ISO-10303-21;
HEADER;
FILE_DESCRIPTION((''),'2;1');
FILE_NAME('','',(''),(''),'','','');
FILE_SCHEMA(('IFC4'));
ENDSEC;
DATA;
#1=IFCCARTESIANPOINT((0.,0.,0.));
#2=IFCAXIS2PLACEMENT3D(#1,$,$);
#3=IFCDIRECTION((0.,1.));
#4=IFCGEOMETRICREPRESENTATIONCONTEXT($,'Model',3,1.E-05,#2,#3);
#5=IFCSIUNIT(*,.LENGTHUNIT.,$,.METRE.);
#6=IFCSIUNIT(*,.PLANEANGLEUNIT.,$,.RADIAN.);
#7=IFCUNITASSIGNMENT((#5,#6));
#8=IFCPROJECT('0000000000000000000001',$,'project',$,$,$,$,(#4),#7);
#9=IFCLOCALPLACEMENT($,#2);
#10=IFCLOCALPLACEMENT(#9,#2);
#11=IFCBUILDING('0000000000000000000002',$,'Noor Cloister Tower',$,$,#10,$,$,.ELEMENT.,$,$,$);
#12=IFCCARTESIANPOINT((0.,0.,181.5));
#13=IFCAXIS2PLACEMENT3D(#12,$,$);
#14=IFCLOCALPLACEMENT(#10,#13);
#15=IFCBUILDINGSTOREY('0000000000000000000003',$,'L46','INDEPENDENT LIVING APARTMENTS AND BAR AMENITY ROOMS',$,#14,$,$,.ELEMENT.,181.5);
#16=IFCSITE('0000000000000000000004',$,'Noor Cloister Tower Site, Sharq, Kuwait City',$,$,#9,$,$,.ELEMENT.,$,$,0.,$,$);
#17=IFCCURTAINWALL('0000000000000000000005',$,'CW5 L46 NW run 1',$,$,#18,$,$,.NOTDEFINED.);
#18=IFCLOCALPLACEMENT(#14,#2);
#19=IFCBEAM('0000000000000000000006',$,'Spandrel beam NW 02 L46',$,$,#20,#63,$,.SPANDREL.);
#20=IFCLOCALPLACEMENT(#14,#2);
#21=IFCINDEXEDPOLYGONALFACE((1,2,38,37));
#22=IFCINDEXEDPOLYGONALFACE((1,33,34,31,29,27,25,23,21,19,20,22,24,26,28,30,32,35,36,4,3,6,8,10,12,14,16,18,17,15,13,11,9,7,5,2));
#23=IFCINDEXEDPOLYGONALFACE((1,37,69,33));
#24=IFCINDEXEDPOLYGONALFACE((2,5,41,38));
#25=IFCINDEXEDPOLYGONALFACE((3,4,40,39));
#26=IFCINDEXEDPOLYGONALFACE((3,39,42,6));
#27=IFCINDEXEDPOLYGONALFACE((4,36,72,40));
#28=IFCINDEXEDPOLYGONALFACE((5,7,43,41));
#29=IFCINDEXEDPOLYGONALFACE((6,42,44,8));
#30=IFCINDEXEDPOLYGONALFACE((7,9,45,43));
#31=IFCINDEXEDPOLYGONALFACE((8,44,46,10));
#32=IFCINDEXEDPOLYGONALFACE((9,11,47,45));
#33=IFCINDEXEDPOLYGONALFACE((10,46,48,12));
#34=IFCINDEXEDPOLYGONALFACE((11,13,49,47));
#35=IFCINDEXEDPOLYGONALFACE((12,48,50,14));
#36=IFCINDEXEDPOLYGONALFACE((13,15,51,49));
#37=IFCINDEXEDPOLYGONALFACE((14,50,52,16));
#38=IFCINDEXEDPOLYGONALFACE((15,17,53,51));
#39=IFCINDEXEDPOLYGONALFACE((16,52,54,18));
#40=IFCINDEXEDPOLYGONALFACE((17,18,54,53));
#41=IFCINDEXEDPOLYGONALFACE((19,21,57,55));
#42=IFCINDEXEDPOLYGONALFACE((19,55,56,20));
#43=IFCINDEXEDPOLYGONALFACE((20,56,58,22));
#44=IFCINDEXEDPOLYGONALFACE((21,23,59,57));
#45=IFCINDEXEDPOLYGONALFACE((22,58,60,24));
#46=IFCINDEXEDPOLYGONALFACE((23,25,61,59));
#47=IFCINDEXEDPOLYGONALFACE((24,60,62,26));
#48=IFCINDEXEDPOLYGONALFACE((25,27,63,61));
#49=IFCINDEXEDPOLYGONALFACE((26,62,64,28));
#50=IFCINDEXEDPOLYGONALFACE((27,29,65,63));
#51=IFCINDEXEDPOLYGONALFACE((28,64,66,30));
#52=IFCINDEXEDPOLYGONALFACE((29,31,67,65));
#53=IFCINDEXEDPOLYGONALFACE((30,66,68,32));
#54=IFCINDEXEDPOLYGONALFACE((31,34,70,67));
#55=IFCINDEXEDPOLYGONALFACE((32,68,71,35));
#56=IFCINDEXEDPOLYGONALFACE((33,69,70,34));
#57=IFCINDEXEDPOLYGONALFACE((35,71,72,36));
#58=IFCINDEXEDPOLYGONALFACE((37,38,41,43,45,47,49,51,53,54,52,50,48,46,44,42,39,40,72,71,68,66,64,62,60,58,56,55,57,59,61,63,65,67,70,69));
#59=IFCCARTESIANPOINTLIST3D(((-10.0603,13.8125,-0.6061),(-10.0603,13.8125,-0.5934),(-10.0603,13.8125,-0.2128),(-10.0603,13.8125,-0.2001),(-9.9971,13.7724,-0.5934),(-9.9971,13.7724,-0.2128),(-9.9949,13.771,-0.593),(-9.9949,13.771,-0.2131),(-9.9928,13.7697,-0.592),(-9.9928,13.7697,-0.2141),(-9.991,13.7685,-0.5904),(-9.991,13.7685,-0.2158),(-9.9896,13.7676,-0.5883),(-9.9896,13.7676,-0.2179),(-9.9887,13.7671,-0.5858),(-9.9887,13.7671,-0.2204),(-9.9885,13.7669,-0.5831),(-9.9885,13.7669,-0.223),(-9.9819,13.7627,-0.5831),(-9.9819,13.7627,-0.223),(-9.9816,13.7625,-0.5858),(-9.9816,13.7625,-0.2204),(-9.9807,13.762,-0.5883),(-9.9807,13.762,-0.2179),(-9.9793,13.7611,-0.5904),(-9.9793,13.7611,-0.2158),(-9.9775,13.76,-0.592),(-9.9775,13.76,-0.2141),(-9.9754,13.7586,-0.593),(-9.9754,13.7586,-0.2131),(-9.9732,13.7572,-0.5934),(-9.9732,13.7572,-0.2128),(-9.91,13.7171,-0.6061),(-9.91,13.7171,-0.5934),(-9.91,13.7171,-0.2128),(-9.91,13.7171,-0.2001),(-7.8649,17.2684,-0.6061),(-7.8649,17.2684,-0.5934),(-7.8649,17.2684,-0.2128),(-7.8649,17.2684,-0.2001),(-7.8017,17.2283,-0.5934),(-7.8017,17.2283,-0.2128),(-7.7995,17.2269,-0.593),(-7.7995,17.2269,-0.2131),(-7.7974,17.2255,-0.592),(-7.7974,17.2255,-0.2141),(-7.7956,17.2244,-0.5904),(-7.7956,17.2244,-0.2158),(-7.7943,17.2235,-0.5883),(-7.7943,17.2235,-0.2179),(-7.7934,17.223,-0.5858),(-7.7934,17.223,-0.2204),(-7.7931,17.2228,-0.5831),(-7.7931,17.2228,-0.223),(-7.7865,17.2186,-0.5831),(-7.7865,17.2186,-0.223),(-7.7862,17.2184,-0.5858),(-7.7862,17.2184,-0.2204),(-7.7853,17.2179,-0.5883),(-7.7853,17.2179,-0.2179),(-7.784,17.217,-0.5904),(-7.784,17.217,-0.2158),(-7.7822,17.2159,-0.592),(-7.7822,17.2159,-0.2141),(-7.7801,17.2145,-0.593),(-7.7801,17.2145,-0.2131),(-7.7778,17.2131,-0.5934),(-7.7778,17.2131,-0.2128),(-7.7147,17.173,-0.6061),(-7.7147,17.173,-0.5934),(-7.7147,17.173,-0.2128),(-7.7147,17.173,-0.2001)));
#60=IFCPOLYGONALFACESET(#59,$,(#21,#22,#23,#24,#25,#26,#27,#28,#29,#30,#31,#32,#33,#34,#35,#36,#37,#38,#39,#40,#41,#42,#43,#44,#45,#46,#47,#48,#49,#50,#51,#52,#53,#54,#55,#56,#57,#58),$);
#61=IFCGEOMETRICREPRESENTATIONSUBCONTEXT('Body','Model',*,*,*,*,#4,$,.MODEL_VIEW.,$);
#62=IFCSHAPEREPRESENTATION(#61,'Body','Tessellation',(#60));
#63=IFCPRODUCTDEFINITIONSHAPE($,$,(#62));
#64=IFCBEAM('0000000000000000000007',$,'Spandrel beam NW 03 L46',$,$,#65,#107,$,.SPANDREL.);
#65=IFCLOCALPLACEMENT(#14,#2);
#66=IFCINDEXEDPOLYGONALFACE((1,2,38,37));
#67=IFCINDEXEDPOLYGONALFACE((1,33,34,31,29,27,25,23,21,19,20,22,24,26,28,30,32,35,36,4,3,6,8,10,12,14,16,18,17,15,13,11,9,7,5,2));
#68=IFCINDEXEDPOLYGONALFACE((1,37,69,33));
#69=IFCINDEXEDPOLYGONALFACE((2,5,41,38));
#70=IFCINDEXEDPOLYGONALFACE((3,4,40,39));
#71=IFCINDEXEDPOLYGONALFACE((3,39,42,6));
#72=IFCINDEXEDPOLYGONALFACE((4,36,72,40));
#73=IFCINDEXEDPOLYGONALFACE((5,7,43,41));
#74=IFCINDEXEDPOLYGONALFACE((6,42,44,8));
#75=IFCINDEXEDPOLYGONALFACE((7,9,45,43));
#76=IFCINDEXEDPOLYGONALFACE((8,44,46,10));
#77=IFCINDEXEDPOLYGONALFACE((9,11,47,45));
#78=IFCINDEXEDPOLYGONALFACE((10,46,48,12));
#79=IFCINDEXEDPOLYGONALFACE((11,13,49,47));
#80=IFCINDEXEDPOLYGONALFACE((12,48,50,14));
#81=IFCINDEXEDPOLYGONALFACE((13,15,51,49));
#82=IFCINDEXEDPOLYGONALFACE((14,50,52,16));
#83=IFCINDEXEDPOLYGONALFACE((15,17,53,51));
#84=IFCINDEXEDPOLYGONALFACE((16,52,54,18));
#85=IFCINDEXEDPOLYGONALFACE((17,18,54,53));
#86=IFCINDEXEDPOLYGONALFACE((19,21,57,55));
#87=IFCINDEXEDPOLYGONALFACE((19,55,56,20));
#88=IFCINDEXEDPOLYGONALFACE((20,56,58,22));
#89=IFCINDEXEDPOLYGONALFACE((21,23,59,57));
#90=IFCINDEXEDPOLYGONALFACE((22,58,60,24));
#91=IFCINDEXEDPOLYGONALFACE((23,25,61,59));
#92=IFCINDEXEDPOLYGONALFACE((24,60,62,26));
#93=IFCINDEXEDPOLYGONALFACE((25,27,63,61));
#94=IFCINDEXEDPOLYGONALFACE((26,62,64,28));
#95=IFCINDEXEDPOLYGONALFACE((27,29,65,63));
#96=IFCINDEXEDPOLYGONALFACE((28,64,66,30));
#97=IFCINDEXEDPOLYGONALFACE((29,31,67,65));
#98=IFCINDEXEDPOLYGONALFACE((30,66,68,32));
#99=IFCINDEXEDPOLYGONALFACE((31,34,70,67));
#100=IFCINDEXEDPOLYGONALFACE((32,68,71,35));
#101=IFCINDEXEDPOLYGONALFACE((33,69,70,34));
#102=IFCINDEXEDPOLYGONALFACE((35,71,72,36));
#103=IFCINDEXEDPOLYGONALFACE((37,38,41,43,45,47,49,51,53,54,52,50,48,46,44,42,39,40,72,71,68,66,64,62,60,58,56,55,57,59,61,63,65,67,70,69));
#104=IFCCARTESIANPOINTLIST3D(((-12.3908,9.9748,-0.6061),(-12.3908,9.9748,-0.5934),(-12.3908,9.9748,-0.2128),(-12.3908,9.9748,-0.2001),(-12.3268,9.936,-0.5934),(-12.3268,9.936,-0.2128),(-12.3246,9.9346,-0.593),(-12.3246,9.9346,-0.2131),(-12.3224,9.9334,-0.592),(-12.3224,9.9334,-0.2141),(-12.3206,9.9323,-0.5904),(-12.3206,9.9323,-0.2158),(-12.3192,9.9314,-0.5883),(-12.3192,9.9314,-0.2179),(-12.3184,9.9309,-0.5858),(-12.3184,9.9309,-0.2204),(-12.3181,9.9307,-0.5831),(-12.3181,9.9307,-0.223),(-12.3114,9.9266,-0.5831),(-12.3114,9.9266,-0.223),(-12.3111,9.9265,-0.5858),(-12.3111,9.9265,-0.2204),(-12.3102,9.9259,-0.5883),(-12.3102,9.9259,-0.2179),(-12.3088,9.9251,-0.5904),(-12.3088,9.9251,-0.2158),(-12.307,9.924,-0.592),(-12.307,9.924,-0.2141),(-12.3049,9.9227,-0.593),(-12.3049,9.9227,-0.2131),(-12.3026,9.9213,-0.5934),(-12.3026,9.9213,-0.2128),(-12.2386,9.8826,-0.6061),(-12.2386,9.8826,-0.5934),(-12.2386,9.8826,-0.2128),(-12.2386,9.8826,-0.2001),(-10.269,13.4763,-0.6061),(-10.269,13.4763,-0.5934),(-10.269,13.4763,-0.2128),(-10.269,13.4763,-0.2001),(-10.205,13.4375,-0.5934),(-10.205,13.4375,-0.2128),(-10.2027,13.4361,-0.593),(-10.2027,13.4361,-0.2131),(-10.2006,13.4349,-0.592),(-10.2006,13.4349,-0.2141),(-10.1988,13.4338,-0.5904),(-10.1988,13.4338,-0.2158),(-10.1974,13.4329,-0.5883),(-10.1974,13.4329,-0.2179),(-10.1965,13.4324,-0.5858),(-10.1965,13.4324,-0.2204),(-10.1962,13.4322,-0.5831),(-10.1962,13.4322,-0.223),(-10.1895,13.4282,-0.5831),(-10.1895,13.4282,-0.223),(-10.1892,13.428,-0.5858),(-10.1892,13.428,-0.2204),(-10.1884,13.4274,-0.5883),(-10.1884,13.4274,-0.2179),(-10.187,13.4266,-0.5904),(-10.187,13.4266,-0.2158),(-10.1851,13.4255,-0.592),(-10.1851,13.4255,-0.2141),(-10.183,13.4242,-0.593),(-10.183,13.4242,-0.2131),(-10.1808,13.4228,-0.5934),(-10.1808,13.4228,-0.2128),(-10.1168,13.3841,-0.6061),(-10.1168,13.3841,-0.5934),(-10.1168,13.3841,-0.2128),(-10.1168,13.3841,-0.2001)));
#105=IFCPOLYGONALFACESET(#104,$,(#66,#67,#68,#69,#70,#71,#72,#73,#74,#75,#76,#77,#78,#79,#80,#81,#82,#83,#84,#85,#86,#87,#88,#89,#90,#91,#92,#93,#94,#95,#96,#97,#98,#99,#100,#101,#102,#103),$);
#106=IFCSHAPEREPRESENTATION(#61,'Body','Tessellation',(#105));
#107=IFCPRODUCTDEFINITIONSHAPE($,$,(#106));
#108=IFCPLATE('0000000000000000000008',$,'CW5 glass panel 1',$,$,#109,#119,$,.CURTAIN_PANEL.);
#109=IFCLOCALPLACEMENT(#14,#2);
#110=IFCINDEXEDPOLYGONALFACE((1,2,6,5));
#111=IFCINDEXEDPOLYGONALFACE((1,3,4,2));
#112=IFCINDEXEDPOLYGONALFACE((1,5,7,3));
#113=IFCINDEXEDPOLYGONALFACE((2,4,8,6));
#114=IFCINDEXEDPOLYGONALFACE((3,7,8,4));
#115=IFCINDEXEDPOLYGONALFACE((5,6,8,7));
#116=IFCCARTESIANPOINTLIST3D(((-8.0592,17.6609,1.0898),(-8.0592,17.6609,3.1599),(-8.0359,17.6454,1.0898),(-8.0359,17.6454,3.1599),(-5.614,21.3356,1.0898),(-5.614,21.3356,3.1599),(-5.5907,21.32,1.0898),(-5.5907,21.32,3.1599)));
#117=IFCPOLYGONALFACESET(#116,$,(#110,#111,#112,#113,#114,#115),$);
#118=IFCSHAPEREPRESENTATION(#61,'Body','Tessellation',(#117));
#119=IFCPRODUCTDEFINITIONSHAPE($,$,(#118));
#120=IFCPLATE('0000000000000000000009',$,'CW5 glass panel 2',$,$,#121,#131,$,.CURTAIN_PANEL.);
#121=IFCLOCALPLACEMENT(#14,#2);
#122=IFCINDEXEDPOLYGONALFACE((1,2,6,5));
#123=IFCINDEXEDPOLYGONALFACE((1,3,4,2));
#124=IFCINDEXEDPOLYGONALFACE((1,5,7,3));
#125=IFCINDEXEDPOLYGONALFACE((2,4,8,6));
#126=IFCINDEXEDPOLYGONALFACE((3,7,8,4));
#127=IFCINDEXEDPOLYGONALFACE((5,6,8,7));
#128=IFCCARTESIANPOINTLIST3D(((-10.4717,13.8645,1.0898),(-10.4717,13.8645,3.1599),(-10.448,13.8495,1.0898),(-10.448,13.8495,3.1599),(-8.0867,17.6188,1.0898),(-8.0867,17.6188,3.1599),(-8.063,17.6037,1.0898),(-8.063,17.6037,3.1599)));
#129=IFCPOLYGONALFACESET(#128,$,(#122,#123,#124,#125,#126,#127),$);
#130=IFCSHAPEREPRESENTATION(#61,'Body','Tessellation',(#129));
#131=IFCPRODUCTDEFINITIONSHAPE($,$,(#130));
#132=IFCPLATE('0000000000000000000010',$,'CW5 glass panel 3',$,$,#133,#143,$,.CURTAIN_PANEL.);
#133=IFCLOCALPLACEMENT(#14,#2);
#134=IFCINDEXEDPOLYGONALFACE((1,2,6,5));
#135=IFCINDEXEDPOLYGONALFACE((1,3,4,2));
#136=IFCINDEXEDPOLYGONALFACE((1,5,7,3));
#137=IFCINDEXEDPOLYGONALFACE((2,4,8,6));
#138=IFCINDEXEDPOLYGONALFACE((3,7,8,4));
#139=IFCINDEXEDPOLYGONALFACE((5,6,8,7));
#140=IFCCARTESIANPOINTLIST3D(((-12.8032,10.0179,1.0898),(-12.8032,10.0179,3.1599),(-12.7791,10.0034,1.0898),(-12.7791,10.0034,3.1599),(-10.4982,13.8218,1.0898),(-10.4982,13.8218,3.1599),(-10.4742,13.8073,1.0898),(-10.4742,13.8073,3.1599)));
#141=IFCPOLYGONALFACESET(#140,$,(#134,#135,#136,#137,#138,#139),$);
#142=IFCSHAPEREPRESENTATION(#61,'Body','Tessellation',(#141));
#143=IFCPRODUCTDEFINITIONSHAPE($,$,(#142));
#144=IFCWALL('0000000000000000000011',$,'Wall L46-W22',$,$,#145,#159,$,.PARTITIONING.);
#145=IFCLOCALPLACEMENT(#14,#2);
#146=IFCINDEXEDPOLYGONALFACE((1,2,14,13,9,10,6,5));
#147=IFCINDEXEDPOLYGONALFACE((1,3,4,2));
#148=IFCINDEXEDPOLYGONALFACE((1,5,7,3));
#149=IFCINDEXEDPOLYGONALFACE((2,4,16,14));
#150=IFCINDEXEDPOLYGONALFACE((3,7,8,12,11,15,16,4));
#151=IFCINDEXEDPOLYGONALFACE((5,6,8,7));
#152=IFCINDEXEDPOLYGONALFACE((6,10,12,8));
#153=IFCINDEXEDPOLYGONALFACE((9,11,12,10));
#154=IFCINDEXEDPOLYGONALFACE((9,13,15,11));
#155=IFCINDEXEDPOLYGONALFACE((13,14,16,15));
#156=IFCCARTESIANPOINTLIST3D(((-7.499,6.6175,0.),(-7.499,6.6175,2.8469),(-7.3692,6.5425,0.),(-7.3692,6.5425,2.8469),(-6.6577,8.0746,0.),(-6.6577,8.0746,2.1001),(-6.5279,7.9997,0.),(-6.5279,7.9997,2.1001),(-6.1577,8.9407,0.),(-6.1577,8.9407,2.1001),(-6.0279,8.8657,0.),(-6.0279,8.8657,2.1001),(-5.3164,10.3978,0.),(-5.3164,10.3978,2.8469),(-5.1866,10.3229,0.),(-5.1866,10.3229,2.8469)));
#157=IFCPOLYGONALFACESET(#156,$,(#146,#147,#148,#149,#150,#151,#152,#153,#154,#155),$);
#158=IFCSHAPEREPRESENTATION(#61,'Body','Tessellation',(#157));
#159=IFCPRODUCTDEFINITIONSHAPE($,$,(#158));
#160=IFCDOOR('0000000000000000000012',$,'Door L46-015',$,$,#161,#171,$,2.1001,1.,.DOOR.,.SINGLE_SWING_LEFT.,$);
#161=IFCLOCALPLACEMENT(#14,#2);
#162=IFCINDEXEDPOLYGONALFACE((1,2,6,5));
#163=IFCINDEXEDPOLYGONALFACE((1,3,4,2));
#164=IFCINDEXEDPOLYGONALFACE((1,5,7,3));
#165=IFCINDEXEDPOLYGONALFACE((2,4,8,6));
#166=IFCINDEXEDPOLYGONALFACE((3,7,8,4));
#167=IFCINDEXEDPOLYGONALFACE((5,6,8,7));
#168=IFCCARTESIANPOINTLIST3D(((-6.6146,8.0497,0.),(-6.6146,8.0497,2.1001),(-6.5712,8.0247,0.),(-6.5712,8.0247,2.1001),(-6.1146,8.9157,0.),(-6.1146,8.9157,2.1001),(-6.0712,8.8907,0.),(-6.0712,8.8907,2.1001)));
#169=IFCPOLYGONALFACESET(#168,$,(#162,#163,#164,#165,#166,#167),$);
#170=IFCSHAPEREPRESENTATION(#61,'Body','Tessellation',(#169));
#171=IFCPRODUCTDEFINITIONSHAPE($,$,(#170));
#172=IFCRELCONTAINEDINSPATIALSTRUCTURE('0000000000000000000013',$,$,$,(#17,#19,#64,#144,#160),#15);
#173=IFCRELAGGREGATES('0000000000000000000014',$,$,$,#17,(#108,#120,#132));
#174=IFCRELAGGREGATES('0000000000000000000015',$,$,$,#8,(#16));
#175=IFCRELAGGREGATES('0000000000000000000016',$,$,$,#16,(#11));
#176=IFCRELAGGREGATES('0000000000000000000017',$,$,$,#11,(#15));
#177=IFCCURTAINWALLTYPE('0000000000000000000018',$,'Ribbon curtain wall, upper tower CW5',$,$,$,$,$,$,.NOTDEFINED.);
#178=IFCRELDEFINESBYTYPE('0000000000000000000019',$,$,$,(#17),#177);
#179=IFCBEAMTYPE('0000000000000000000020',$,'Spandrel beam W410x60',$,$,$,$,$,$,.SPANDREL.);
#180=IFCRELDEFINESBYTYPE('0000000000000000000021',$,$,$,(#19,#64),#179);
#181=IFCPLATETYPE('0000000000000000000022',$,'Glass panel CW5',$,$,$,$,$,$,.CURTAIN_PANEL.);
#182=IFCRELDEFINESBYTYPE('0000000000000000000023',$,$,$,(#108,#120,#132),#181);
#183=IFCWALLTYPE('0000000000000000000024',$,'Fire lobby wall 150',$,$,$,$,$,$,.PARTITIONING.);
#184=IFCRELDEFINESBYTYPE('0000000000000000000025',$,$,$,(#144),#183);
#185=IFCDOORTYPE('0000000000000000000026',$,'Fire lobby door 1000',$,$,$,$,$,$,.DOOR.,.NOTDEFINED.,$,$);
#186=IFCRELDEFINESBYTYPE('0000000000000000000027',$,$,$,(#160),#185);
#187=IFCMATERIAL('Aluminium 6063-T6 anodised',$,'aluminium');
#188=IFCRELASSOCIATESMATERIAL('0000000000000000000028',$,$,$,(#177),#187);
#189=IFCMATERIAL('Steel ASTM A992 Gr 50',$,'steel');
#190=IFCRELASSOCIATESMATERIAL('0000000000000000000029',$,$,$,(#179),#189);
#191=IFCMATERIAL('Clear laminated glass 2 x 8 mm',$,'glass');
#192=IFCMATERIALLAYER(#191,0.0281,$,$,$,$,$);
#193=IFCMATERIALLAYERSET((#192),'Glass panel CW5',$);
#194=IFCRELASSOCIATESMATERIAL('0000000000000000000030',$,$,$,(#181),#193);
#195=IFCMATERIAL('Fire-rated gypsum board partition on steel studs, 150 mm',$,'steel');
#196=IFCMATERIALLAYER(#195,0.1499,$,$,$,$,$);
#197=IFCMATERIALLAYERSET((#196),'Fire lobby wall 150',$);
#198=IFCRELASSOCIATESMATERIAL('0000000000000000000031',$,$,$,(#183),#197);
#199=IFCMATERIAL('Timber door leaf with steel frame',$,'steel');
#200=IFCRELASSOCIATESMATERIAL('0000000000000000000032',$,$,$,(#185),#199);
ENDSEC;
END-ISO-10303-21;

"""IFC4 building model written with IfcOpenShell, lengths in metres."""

from ifc_helpers import new_model, si_unit, direction, frame, frame_2d, origin, origin_2d, place, context, subcontext, project, spatial, rectangle, i_section, extrude, material, layer, layer_set, material_profile, profile_set, type_object, element, fill, aggregate, save


model = new_model("IFC4")

# Units and contexts
model_context = context("Model", 3, precision=1e-05, world=origin(), true_north=direction((0.0, 1.0)))
body_context = subcontext(model_context, "Body", "Model", "MODEL_VIEW")
ifc_project = project(units=[si_unit("LENGTHUNIT", "METRE"), si_unit("PLANEANGLEUNIT", "RADIAN")], contexts=[model_context])

# Site, building, storey
site_placement = place(None, origin())
site = spatial("IfcSite", under=ifc_project, at=site_placement, Name="Noor Cloister Tower Site, Sharq, Kuwait City", CompositionType="ELEMENT", RefElevation=0.0)
building_placement = place(site_placement, origin())
building = spatial("IfcBuilding", under=site, at=building_placement, Name="Noor Cloister Tower", CompositionType="ELEMENT")
storey_placement = place(building_placement, frame((0.0, 0.0, 181.5)))
storey = spatial("IfcBuildingStorey", under=building, at=storey_placement, Name="L46", Description="INDEPENDENT LIVING APARTMENTS AND BAR AMENITY ROOMS", CompositionType="ELEMENT", Elevation=181.5)

# Curtain wall
ifc_material_1 = material(Name="Aluminium 6063-T6 anodised", Category="aluminium")
curtain_wall_type = type_object("IfcCurtainWallType", Name="Ribbon curtain wall, upper tower CW5", PredefinedType="NOTDEFINED", material=ifc_material_1)
curtain_wall_placement = place(storey_placement, origin())
curtain_wall = element("IfcCurtainWall", 1, at=curtain_wall_placement, inside=storey, type_object=curtain_wall_type, Name="CW5 L46 NW run 1", PredefinedType="NOTDEFINED")

# Beams
ifc_material_2 = material(Name="Steel ASTM A992 Gr 50", Category="steel")
ifc_material_profile_1 = material_profile(ifc_material_2, i_section(OverallWidth=0.178, OverallDepth=0.406, WebThickness=0.0078, FlangeThickness=0.0127, FilletRadius=0.0103, at=origin_2d()), Name="W410x60")
ifc_profile_set_1 = profile_set([ifc_material_profile_1], Name="Steel ASTM A992 Gr 50")
beam_type_1 = type_object("IfcBeamType", Name="Spandrel beam W410x60", PredefinedType="SPANDREL", material=ifc_profile_set_1)
for number, where, z_axis, x_axis, name in (
    (2, (-7.7898, 17.2207, -0.4031), (-0.536208, -0.844086, 0.0), (0.844086, -0.536208, 0.0), "Spandrel beam NW 02 L46"),
    (3, (-10.1929, 13.4302, -0.4031), (-0.518253, -0.855227, 0.0), (0.855227, -0.518253, 0.0), "Spandrel beam NW 03 L46"),
):
    element("IfcBeam", number, at=place(storey_placement, frame(where, z_axis=z_axis, x_axis=x_axis)), inside=storey, type_object=beam_type_1, Name=name, PredefinedType="SPANDREL", context=body_context, shape_type="SweptSolid", body=[
        extrude(i_section(OverallWidth=0.178, OverallDepth=0.406, WebThickness=0.0078, FlangeThickness=0.0127, FilletRadius=0.0103, at=origin_2d()), origin(), (0.0, 0.0, 1.0), 4.0942),
    ])

# Plates
ifc_material_3 = material(Name="Clear laminated glass 2 x 8 mm", Category="glass")
ifc_layer_1 = layer(ifc_material_3, 0.0281)
ifc_layer_set_1 = layer_set([ifc_layer_1], Name="Glass panel CW5")
plate_type = type_object("IfcPlateType", Name="Glass panel CW5", PredefinedType="CURTAIN_PANEL", material=ifc_layer_set_1)
plate_1_placement = place(storey_placement, frame((-6.825, 19.4905, 1.0898), z_axis=(0.0, 0.0, 1.0), x_axis=(-0.553985, -0.832527, 0.0)))
plate_1 = element("IfcPlate", 4, at=plate_1_placement, type_object=plate_type, Name="CW5 glass panel 1", PredefinedType="CURTAIN_PANEL", context=body_context, shape_type="SweptSolid", body=[
    extrude(rectangle(XDim=4.4138, YDim=0.0281, at=origin_2d()), origin(), (0.0, 0.0, 1.0), 2.0701),
])
plate_2_placement = place(storey_placement, frame((-9.2673, 15.7341, 1.0898), z_axis=(0.0, 0.0, 1.0), x_axis=(-0.536228, -0.844073, 0.0)))
plate_2 = element("IfcPlate", 5, at=plate_2_placement, type_object=plate_type, Name="CW5 glass panel 2", PredefinedType="CURTAIN_PANEL", context=body_context, shape_type="SweptSolid", body=[
    extrude(rectangle(XDim=4.4478, YDim=0.0281, at=origin_2d()), origin(), (0.0, 0.0, 1.0), 2.0701),
])
plate_3_placement = place(storey_placement, frame((-11.6387, 11.9126, 1.0898), z_axis=(0.0, 0.0, 1.0), x_axis=(-0.51823, -0.855241, 0.0)))
plate_3 = element("IfcPlate", 6, at=plate_3_placement, type_object=plate_type, Name="CW5 glass panel 3", PredefinedType="CURTAIN_PANEL", context=body_context, shape_type="SweptSolid", body=[
    extrude(rectangle(XDim=4.4478, YDim=0.0281, at=origin_2d()), origin(), (0.0, 0.0, 1.0), 2.0701),
])
aggregate(curtain_wall, [plate_1, plate_2, plate_3])

# Wall, opening, door
ifc_material_4 = material(Name="Fire-rated gypsum board partition on steel studs, 150 mm", Category="steel")
ifc_layer_2 = layer(ifc_material_4, 0.1499)
ifc_layer_set_2 = layer_set([ifc_layer_2], Name="Fire lobby wall 150")
wall_type_1 = type_object("IfcWallType", Name="Fire lobby wall 150", PredefinedType="PARTITIONING", material=ifc_layer_set_2)
wall_1_placement = place(storey_placement, frame((-5.2515, 10.3604, 0.0), z_axis=(0.0, 0.0, 1.0), x_axis=(-0.500013, -0.866018, 0.0)))
wall_1 = element("IfcWall", 7, at=wall_1_placement, inside=storey, type_object=wall_type_1, Name="Wall L46-W22", PredefinedType="PARTITIONING", context=body_context, shape_type="SweptSolid", body=[
    extrude(rectangle(XDim=4.3652, YDim=0.1499, at=frame_2d((2.1826, 0.0))), origin(), (0.0, 0.0, 1.0), 2.8469),
])
opening_1_placement = place(wall_1_placement, frame((1.6826, 0.0, 0.0)))
opening_1 = element("IfcOpeningElement", 8, at=opening_1_placement, cuts=wall_1, PredefinedType="OPENING", context=body_context, shape_type="SweptSolid", body=[
    extrude(rectangle(XDim=1.0, YDim=2.1001, at=frame_2d((0.5, 1.05))), frame((0.0, 0.085, 0.0), z_axis=(0.0, -1.0, 0.0), x_axis=(1.0, 0.0, 0.0)), (0.0, 0.0, 1.0), 0.1699),
])
ifc_material_5 = material(Name="Timber door leaf with steel frame", Category="steel")
door_type_1 = type_object("IfcDoorType", Name="Fire lobby door 1000", OperationType="NOTDEFINED", PredefinedType="DOOR", material=ifc_material_5)
door_1_placement = place(opening_1_placement, origin())
door_1 = element("IfcDoor", 9, at=door_1_placement, inside=storey, type_object=door_type_1, Name="Door L46-015", OperationType="SINGLE_SWING_LEFT", OverallHeight=2.1001, OverallWidth=1.0, PredefinedType="DOOR", context=body_context, shape_type="SweptSolid", body=[
    extrude(rectangle(XDim=1.0, YDim=2.1001, at=frame_2d((0.5, 1.05))), frame((0.0, 0.0249, 0.0), z_axis=(0.0, -1.0, 0.0), x_axis=(1.0, 0.0, 0.0)), (0.0, 0.0, 1.0), 0.05),
])
fill(opening_1, door_1)

save(model, "model.ifc")
